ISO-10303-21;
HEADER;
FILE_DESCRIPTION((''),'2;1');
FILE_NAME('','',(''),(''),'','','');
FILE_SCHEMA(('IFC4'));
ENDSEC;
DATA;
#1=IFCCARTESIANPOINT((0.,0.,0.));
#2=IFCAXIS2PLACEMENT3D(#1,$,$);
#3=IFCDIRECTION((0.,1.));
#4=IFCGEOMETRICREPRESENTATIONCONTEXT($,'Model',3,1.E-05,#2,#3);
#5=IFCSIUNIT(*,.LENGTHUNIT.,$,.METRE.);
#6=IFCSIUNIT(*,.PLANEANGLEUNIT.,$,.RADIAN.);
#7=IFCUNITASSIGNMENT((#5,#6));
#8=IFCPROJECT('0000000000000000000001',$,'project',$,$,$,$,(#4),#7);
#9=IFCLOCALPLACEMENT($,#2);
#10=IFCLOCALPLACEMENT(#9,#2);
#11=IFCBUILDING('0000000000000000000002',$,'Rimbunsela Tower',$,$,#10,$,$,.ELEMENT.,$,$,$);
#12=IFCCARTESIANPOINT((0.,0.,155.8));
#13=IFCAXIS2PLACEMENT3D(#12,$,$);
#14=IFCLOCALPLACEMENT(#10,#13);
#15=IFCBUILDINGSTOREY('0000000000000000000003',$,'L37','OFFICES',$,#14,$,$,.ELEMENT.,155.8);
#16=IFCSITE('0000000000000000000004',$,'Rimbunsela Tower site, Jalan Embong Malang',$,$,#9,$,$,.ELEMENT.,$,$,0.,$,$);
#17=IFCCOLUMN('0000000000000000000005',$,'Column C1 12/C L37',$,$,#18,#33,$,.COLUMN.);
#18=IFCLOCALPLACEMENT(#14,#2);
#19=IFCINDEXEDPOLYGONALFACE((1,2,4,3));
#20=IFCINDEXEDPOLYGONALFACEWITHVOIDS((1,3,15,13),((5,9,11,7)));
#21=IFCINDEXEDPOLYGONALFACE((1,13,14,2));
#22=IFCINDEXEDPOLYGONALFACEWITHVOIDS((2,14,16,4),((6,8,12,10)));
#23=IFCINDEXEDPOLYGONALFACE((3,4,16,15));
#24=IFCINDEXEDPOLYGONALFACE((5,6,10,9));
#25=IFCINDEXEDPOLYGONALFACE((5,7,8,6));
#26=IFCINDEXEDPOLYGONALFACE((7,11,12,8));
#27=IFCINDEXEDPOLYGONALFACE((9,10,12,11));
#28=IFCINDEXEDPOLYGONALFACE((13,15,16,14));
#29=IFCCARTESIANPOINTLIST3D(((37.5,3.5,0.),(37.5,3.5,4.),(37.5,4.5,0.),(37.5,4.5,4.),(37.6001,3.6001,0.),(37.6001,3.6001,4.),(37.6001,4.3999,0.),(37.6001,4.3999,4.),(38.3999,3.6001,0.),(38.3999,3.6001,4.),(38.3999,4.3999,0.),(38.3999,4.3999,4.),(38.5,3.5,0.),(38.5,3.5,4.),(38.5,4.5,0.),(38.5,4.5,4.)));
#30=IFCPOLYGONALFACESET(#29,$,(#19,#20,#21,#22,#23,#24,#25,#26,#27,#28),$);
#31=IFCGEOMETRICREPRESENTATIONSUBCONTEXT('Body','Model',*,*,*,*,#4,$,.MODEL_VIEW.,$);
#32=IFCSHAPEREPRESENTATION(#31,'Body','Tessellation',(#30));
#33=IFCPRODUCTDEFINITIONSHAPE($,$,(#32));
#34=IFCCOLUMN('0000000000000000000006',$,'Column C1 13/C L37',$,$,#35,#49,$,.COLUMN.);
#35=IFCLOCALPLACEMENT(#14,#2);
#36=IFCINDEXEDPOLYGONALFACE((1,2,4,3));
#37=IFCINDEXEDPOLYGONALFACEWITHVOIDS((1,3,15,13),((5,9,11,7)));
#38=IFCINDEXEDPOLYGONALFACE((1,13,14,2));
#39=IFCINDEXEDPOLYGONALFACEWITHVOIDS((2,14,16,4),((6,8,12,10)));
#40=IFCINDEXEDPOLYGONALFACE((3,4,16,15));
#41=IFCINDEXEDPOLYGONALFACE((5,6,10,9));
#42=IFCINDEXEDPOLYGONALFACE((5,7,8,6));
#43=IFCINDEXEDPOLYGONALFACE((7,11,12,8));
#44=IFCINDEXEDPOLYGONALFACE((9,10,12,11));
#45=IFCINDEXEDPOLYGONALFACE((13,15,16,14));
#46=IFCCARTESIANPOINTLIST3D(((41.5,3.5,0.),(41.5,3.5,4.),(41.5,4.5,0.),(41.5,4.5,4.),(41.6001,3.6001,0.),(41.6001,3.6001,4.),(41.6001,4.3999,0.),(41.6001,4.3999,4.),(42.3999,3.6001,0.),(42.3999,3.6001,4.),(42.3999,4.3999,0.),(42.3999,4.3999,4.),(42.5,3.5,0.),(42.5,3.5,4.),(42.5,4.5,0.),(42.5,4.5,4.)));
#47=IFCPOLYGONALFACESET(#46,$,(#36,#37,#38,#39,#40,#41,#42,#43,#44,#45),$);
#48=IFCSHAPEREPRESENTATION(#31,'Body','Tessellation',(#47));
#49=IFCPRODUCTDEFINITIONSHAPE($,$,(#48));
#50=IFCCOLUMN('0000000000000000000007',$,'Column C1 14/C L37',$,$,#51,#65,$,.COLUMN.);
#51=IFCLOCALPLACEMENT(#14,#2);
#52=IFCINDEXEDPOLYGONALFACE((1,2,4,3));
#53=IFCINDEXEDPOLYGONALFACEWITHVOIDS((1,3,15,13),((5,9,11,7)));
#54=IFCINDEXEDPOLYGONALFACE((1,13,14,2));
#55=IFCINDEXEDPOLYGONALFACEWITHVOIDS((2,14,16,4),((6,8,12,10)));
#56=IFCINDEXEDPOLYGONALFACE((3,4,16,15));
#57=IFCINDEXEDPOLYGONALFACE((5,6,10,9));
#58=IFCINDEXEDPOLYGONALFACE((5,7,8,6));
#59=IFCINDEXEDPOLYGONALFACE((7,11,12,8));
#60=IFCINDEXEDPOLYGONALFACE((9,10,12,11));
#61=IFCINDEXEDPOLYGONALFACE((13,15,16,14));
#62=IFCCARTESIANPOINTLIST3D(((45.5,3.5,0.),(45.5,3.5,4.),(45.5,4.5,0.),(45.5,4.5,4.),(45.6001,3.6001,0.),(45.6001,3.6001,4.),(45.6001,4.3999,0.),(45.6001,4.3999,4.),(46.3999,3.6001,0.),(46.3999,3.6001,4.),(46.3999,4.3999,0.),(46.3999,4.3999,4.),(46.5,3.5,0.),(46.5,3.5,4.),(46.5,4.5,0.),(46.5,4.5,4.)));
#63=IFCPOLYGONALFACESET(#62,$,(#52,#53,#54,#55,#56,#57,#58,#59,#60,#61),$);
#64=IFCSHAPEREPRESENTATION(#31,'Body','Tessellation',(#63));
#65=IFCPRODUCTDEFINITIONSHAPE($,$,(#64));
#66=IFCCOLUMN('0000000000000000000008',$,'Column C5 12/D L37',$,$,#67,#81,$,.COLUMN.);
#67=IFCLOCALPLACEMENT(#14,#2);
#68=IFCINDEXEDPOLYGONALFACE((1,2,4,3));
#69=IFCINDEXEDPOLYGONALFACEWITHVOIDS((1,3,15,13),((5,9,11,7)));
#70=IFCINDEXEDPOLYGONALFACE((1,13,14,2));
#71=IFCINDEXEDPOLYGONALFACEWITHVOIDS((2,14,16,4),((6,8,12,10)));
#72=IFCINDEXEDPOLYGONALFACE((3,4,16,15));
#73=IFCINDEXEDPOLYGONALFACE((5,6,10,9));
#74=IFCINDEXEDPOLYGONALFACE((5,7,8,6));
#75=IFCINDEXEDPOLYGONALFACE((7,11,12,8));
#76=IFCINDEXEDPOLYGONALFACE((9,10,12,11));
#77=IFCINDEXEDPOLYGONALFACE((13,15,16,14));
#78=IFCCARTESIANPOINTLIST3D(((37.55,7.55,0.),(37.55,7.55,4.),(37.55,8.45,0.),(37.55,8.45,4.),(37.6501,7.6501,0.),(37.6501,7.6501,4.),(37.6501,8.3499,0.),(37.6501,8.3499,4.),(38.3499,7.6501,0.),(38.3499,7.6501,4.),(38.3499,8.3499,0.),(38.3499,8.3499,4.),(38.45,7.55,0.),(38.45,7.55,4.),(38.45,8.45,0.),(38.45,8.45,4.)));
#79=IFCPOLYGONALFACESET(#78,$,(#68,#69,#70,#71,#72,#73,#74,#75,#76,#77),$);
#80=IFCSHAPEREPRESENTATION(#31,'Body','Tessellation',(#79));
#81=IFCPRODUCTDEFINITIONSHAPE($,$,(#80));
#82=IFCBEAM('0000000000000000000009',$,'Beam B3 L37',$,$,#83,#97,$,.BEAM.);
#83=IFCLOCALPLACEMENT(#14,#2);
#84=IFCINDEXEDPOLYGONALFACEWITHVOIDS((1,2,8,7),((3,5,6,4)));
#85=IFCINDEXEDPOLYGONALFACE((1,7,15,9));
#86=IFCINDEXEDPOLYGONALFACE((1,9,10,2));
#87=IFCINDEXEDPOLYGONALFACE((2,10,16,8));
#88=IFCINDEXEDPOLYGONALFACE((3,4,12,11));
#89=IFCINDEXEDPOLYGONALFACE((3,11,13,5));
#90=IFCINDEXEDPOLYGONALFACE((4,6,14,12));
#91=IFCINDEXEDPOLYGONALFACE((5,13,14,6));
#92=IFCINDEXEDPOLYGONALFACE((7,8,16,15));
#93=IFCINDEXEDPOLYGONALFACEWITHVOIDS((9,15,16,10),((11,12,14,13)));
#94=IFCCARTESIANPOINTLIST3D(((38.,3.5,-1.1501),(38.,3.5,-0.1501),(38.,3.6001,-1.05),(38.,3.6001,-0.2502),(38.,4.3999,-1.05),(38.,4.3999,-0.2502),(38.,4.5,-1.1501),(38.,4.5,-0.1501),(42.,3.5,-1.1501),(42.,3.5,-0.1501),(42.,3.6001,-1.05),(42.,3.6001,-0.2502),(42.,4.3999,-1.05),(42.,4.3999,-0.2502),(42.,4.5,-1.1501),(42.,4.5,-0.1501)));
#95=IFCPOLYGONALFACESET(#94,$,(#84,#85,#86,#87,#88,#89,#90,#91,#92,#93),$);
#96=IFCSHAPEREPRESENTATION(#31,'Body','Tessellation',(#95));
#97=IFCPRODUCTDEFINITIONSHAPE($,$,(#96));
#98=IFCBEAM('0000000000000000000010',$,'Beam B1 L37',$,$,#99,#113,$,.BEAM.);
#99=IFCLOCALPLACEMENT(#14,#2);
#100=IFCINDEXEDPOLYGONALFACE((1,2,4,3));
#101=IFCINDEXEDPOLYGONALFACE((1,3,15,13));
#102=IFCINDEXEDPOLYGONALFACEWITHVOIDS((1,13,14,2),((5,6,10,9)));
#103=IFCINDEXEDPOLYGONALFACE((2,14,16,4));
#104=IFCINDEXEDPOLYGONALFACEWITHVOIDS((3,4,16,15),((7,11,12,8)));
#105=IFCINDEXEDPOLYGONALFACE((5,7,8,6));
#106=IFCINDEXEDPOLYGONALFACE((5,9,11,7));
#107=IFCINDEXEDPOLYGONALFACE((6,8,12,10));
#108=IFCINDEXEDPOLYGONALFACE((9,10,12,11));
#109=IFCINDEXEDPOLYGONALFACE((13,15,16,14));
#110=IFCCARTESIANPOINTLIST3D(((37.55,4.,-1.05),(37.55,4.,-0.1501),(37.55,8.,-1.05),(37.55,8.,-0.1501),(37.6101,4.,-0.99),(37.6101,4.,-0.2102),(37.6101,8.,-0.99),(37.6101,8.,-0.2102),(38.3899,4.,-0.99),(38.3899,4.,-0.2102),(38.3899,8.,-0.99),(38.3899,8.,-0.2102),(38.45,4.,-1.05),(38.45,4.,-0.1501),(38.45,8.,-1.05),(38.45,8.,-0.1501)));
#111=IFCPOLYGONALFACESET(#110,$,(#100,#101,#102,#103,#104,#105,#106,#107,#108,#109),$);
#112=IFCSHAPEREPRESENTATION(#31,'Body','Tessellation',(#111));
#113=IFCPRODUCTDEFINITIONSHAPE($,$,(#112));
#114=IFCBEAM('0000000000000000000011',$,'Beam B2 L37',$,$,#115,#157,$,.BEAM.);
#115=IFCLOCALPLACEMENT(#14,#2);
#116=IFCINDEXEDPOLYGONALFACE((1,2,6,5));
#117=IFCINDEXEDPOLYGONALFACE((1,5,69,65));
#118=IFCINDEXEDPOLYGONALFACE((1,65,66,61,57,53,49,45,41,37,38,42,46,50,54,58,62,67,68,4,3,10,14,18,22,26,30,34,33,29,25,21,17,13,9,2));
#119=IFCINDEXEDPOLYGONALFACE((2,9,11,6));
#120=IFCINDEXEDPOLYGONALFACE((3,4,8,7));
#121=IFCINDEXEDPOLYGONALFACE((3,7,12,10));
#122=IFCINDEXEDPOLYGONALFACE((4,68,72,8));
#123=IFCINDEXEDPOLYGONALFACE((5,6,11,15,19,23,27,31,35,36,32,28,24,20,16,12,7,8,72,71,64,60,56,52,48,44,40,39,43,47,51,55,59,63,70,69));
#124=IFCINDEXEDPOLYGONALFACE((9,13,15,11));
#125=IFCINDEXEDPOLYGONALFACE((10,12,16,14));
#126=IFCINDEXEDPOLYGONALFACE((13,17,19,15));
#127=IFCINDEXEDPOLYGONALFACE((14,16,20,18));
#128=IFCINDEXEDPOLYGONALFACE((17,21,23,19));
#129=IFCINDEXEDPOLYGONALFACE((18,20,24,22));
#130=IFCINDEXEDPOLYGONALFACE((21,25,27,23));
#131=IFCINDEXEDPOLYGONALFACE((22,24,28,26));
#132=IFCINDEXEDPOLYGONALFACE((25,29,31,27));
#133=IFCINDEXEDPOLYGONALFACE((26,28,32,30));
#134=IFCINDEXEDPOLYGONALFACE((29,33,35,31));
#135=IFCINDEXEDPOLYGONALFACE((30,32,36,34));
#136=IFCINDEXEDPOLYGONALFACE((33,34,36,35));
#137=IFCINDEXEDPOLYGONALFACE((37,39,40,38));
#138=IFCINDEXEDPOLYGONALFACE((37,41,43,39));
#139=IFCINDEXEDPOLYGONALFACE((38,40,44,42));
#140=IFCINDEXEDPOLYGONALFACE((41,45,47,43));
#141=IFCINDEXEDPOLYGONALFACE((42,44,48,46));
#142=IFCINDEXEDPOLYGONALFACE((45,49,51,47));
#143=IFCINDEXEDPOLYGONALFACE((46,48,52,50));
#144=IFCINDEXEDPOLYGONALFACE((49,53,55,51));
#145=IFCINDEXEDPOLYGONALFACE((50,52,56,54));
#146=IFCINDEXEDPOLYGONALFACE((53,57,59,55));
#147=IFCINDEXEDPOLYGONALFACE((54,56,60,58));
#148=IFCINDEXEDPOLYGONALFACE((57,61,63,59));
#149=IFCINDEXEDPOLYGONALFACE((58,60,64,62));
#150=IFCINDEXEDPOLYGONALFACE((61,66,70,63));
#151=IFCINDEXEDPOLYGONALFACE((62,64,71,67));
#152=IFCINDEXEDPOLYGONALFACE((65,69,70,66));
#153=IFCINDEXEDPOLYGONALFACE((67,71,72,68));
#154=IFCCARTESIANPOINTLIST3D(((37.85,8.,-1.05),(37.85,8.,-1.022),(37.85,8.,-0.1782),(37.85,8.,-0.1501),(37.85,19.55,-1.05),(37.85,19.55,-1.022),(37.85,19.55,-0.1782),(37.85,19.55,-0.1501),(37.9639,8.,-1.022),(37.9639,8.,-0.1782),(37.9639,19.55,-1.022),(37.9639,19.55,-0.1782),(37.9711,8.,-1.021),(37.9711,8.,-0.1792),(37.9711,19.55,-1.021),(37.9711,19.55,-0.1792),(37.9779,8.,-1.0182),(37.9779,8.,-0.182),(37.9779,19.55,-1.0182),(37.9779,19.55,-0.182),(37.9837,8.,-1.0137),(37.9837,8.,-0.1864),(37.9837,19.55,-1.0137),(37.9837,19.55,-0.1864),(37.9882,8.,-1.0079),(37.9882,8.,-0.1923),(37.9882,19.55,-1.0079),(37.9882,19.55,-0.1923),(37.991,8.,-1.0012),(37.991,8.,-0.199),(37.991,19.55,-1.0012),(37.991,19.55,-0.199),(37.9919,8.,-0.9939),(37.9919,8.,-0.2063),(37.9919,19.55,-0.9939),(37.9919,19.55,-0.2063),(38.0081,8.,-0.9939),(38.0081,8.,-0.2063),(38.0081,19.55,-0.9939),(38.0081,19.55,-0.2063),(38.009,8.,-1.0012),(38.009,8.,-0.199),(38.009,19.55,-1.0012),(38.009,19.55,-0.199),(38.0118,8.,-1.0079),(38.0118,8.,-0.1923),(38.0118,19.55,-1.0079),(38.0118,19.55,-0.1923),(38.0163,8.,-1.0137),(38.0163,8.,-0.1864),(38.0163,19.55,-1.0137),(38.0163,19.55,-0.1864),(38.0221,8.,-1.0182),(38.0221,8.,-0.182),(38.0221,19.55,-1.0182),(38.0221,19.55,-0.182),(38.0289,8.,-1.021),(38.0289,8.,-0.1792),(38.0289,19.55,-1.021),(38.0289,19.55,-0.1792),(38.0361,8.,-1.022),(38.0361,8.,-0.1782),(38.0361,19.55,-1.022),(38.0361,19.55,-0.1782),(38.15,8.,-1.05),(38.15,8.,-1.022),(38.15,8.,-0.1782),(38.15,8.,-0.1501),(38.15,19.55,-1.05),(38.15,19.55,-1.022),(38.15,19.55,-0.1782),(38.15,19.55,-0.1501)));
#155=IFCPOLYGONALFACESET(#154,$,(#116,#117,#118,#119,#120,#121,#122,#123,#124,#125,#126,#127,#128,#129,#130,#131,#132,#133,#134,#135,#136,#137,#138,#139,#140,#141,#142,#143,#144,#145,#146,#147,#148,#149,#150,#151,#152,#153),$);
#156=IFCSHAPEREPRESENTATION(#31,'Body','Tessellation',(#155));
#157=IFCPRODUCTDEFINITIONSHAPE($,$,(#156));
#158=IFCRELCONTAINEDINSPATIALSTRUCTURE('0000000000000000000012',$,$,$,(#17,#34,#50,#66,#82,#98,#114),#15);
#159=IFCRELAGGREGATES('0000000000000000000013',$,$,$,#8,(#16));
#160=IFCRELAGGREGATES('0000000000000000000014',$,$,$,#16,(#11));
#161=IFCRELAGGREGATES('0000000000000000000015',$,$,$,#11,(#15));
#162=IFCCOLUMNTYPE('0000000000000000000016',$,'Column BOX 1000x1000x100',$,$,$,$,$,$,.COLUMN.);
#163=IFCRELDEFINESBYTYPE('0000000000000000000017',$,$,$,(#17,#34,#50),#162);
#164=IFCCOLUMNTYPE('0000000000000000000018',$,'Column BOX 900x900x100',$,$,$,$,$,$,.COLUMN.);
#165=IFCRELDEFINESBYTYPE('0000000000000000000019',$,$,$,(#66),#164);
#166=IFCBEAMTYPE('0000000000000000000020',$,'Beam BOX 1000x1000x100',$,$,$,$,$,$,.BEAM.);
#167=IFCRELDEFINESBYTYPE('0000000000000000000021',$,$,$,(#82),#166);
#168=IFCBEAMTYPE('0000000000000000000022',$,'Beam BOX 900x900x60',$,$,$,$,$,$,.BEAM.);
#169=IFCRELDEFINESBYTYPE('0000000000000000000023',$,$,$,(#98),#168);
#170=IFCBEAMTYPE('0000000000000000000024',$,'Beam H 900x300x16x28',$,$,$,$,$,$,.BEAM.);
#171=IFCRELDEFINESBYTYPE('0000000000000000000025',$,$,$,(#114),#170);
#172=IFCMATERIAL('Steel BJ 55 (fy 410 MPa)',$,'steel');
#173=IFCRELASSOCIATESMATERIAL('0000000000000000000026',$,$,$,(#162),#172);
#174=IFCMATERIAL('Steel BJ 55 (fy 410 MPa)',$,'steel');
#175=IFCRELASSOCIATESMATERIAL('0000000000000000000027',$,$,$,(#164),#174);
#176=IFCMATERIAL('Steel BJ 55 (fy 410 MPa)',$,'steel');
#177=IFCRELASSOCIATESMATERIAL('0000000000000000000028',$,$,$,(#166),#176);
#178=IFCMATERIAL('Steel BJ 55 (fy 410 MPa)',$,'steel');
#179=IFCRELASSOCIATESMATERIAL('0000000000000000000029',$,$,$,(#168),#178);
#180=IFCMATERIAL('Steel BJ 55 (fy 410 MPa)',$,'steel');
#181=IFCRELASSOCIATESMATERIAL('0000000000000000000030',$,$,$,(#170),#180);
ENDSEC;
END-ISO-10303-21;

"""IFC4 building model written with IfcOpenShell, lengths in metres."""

from ifc_helpers import new_model, si_unit, direction, frame, origin, origin_2d, place, context, subcontext, project, spatial, hollow_rectangle, i_section, extrude, material, material_profile, profile_set, type_object, element, save


model = new_model("IFC4")

# Units and contexts
model_context = context("Model", 3, precision=1e-05, world=origin(), true_north=direction((0.0, 1.0)))
body_context = subcontext(model_context, "Body", "Model", "MODEL_VIEW")
ifc_project = project(units=[si_unit("LENGTHUNIT", "METRE"), si_unit("PLANEANGLEUNIT", "RADIAN")], contexts=[model_context])

# Site, building, storey
site_placement = place(None, origin())
site = spatial("IfcSite", under=ifc_project, at=site_placement, Name="Rimbunsela Tower site, Jalan Embong Malang", CompositionType="ELEMENT", RefElevation=0.0)
building_placement = place(site_placement, origin())
building = spatial("IfcBuilding", under=site, at=building_placement, Name="Rimbunsela Tower", CompositionType="ELEMENT")
storey_placement = place(building_placement, frame((0.0, 0.0, 155.8)))
storey = spatial("IfcBuildingStorey", under=building, at=storey_placement, Name="L37", Description="OFFICES", CompositionType="ELEMENT", Elevation=155.8)

# Columns
ifc_material_1 = material(Name="Steel BJ 55 (fy 410 MPa)", Category="steel")
ifc_material_profile_1 = material_profile(ifc_material_1, hollow_rectangle(XDim=1.0, YDim=1.0, WallThickness=0.1001, at=origin_2d()), Name="BOX 1000x1000x100")
ifc_profile_set_1 = profile_set([ifc_material_profile_1], Name="Steel BJ 55 (fy 410 MPa)")
column_type_1 = type_object("IfcColumnType", Name="Column BOX 1000x1000x100", PredefinedType="COLUMN", material=ifc_profile_set_1)
for number, where, z_axis, x_axis, name in (
    (1, (38.0, 4.0, 0.0), (0.0, 0.0, 1.0), (1.0, 0.0, 0.0), "Column C1 12/C L37"),
    (2, (42.0, 4.0, 0.0), (0.0, 0.0, 1.0), (1.0, 0.0, 0.0), "Column C1 13/C L37"),
    (3, (46.0, 4.0, 0.0), (0.0, 0.0, 1.0), (1.0, 0.0, 0.0), "Column C1 14/C L37"),
):
    element("IfcColumn", number, at=place(storey_placement, frame(where, z_axis=z_axis, x_axis=x_axis)), inside=storey, type_object=column_type_1, Name=name, PredefinedType="COLUMN", context=body_context, shape_type="SweptSolid", body=[
        extrude(hollow_rectangle(XDim=1.0, YDim=1.0, WallThickness=0.1001, at=origin_2d()), origin(), (0.0, 0.0, 1.0), 4.0),
    ])
ifc_material_2 = material(Name="Steel BJ 55 (fy 410 MPa)", Category="steel")
ifc_material_profile_2 = material_profile(ifc_material_2, hollow_rectangle(XDim=0.8999, YDim=0.8999, WallThickness=0.1001, at=origin_2d()), Name="BOX 900x900x100")
ifc_profile_set_2 = profile_set([ifc_material_profile_2], Name="Steel BJ 55 (fy 410 MPa)")
column_type_2 = type_object("IfcColumnType", Name="Column BOX 900x900x100", PredefinedType="COLUMN", material=ifc_profile_set_2)
column_placement = place(storey_placement, frame((38.0, 8.0, 0.0), z_axis=(0.0, 0.0, 1.0), x_axis=(1.0, 0.0, 0.0)))
element("IfcColumn", 4, at=column_placement, inside=storey, type_object=column_type_2, Name="Column C5 12/D L37", PredefinedType="COLUMN", context=body_context, shape_type="SweptSolid", body=[
    extrude(hollow_rectangle(XDim=0.8999, YDim=0.8999, WallThickness=0.1001, at=origin_2d()), origin(), (0.0, 0.0, 1.0), 4.0),
])

# Beams
ifc_material_3 = material(Name="Steel BJ 55 (fy 410 MPa)", Category="steel")
ifc_material_profile_3 = material_profile(ifc_material_3, hollow_rectangle(XDim=1.0, YDim=1.0, WallThickness=0.1001, at=origin_2d()), Name="BOX 1000x1000x100")
ifc_profile_set_3 = profile_set([ifc_material_profile_3], Name="Steel BJ 55 (fy 410 MPa)")
beam_type_1 = type_object("IfcBeamType", Name="Beam BOX 1000x1000x100", PredefinedType="BEAM", material=ifc_profile_set_3)
beam_1_placement = place(storey_placement, frame((38.0, 4.0, -0.6501), z_axis=(1.0, 0.0, 0.0), x_axis=(0.0, 1.0, 0.0)))
element("IfcBeam", 5, at=beam_1_placement, inside=storey, type_object=beam_type_1, Name="Beam B3 L37", PredefinedType="BEAM", context=body_context, shape_type="SweptSolid", body=[
    extrude(hollow_rectangle(XDim=1.0, YDim=1.0, WallThickness=0.1001, at=origin_2d()), origin(), (0.0, 0.0, 1.0), 4.0),
])
ifc_material_4 = material(Name="Steel BJ 55 (fy 410 MPa)", Category="steel")
ifc_material_profile_4 = material_profile(ifc_material_4, hollow_rectangle(XDim=0.8999, YDim=0.8999, WallThickness=0.0601, at=origin_2d()), Name="BOX 900x900x60")
ifc_profile_set_4 = profile_set([ifc_material_profile_4], Name="Steel BJ 55 (fy 410 MPa)")
beam_type_2 = type_object("IfcBeamType", Name="Beam BOX 900x900x60", PredefinedType="BEAM", material=ifc_profile_set_4)
beam_2_placement = place(storey_placement, frame((38.0, 4.0, -0.6001), z_axis=(0.0, 1.0, 0.0), x_axis=(-1.0, 0.0, 0.0)))
element("IfcBeam", 6, at=beam_2_placement, inside=storey, type_object=beam_type_2, Name="Beam B1 L37", PredefinedType="BEAM", context=body_context, shape_type="SweptSolid", body=[
    extrude(hollow_rectangle(XDim=0.8999, YDim=0.8999, WallThickness=0.0601, at=origin_2d()), origin(), (0.0, 0.0, 1.0), 4.0),
])
ifc_material_5 = material(Name="Steel BJ 55 (fy 410 MPa)", Category="steel")
ifc_material_profile_5 = material_profile(ifc_material_5, i_section(OverallWidth=0.3, OverallDepth=0.8999, WebThickness=0.0161, FlangeThickness=0.0281, FilletRadius=0.0281, at=origin_2d()), Name="H 900x300x16x28")
ifc_profile_set_5 = profile_set([ifc_material_profile_5], Name="Steel BJ 55 (fy 410 MPa)")
beam_type_3 = type_object("IfcBeamType", Name="Beam H 900x300x16x28", PredefinedType="BEAM", material=ifc_profile_set_5)
beam_3_placement = place(storey_placement, frame((38.0, 8.0, -0.6001), z_axis=(0.0, 1.0, 0.0), x_axis=(-1.0, 0.0, 0.0)))
element("IfcBeam", 7, at=beam_3_placement, inside=storey, type_object=beam_type_3, Name="Beam B2 L37", PredefinedType="BEAM", context=body_context, shape_type="SweptSolid", body=[
    extrude(i_section(OverallWidth=0.3, OverallDepth=0.8999, WebThickness=0.0161, FlangeThickness=0.0281, FilletRadius=0.0281, at=origin_2d()), origin(), (0.0, 0.0, 1.0), 11.55),
])

save(model, "model.ifc")
